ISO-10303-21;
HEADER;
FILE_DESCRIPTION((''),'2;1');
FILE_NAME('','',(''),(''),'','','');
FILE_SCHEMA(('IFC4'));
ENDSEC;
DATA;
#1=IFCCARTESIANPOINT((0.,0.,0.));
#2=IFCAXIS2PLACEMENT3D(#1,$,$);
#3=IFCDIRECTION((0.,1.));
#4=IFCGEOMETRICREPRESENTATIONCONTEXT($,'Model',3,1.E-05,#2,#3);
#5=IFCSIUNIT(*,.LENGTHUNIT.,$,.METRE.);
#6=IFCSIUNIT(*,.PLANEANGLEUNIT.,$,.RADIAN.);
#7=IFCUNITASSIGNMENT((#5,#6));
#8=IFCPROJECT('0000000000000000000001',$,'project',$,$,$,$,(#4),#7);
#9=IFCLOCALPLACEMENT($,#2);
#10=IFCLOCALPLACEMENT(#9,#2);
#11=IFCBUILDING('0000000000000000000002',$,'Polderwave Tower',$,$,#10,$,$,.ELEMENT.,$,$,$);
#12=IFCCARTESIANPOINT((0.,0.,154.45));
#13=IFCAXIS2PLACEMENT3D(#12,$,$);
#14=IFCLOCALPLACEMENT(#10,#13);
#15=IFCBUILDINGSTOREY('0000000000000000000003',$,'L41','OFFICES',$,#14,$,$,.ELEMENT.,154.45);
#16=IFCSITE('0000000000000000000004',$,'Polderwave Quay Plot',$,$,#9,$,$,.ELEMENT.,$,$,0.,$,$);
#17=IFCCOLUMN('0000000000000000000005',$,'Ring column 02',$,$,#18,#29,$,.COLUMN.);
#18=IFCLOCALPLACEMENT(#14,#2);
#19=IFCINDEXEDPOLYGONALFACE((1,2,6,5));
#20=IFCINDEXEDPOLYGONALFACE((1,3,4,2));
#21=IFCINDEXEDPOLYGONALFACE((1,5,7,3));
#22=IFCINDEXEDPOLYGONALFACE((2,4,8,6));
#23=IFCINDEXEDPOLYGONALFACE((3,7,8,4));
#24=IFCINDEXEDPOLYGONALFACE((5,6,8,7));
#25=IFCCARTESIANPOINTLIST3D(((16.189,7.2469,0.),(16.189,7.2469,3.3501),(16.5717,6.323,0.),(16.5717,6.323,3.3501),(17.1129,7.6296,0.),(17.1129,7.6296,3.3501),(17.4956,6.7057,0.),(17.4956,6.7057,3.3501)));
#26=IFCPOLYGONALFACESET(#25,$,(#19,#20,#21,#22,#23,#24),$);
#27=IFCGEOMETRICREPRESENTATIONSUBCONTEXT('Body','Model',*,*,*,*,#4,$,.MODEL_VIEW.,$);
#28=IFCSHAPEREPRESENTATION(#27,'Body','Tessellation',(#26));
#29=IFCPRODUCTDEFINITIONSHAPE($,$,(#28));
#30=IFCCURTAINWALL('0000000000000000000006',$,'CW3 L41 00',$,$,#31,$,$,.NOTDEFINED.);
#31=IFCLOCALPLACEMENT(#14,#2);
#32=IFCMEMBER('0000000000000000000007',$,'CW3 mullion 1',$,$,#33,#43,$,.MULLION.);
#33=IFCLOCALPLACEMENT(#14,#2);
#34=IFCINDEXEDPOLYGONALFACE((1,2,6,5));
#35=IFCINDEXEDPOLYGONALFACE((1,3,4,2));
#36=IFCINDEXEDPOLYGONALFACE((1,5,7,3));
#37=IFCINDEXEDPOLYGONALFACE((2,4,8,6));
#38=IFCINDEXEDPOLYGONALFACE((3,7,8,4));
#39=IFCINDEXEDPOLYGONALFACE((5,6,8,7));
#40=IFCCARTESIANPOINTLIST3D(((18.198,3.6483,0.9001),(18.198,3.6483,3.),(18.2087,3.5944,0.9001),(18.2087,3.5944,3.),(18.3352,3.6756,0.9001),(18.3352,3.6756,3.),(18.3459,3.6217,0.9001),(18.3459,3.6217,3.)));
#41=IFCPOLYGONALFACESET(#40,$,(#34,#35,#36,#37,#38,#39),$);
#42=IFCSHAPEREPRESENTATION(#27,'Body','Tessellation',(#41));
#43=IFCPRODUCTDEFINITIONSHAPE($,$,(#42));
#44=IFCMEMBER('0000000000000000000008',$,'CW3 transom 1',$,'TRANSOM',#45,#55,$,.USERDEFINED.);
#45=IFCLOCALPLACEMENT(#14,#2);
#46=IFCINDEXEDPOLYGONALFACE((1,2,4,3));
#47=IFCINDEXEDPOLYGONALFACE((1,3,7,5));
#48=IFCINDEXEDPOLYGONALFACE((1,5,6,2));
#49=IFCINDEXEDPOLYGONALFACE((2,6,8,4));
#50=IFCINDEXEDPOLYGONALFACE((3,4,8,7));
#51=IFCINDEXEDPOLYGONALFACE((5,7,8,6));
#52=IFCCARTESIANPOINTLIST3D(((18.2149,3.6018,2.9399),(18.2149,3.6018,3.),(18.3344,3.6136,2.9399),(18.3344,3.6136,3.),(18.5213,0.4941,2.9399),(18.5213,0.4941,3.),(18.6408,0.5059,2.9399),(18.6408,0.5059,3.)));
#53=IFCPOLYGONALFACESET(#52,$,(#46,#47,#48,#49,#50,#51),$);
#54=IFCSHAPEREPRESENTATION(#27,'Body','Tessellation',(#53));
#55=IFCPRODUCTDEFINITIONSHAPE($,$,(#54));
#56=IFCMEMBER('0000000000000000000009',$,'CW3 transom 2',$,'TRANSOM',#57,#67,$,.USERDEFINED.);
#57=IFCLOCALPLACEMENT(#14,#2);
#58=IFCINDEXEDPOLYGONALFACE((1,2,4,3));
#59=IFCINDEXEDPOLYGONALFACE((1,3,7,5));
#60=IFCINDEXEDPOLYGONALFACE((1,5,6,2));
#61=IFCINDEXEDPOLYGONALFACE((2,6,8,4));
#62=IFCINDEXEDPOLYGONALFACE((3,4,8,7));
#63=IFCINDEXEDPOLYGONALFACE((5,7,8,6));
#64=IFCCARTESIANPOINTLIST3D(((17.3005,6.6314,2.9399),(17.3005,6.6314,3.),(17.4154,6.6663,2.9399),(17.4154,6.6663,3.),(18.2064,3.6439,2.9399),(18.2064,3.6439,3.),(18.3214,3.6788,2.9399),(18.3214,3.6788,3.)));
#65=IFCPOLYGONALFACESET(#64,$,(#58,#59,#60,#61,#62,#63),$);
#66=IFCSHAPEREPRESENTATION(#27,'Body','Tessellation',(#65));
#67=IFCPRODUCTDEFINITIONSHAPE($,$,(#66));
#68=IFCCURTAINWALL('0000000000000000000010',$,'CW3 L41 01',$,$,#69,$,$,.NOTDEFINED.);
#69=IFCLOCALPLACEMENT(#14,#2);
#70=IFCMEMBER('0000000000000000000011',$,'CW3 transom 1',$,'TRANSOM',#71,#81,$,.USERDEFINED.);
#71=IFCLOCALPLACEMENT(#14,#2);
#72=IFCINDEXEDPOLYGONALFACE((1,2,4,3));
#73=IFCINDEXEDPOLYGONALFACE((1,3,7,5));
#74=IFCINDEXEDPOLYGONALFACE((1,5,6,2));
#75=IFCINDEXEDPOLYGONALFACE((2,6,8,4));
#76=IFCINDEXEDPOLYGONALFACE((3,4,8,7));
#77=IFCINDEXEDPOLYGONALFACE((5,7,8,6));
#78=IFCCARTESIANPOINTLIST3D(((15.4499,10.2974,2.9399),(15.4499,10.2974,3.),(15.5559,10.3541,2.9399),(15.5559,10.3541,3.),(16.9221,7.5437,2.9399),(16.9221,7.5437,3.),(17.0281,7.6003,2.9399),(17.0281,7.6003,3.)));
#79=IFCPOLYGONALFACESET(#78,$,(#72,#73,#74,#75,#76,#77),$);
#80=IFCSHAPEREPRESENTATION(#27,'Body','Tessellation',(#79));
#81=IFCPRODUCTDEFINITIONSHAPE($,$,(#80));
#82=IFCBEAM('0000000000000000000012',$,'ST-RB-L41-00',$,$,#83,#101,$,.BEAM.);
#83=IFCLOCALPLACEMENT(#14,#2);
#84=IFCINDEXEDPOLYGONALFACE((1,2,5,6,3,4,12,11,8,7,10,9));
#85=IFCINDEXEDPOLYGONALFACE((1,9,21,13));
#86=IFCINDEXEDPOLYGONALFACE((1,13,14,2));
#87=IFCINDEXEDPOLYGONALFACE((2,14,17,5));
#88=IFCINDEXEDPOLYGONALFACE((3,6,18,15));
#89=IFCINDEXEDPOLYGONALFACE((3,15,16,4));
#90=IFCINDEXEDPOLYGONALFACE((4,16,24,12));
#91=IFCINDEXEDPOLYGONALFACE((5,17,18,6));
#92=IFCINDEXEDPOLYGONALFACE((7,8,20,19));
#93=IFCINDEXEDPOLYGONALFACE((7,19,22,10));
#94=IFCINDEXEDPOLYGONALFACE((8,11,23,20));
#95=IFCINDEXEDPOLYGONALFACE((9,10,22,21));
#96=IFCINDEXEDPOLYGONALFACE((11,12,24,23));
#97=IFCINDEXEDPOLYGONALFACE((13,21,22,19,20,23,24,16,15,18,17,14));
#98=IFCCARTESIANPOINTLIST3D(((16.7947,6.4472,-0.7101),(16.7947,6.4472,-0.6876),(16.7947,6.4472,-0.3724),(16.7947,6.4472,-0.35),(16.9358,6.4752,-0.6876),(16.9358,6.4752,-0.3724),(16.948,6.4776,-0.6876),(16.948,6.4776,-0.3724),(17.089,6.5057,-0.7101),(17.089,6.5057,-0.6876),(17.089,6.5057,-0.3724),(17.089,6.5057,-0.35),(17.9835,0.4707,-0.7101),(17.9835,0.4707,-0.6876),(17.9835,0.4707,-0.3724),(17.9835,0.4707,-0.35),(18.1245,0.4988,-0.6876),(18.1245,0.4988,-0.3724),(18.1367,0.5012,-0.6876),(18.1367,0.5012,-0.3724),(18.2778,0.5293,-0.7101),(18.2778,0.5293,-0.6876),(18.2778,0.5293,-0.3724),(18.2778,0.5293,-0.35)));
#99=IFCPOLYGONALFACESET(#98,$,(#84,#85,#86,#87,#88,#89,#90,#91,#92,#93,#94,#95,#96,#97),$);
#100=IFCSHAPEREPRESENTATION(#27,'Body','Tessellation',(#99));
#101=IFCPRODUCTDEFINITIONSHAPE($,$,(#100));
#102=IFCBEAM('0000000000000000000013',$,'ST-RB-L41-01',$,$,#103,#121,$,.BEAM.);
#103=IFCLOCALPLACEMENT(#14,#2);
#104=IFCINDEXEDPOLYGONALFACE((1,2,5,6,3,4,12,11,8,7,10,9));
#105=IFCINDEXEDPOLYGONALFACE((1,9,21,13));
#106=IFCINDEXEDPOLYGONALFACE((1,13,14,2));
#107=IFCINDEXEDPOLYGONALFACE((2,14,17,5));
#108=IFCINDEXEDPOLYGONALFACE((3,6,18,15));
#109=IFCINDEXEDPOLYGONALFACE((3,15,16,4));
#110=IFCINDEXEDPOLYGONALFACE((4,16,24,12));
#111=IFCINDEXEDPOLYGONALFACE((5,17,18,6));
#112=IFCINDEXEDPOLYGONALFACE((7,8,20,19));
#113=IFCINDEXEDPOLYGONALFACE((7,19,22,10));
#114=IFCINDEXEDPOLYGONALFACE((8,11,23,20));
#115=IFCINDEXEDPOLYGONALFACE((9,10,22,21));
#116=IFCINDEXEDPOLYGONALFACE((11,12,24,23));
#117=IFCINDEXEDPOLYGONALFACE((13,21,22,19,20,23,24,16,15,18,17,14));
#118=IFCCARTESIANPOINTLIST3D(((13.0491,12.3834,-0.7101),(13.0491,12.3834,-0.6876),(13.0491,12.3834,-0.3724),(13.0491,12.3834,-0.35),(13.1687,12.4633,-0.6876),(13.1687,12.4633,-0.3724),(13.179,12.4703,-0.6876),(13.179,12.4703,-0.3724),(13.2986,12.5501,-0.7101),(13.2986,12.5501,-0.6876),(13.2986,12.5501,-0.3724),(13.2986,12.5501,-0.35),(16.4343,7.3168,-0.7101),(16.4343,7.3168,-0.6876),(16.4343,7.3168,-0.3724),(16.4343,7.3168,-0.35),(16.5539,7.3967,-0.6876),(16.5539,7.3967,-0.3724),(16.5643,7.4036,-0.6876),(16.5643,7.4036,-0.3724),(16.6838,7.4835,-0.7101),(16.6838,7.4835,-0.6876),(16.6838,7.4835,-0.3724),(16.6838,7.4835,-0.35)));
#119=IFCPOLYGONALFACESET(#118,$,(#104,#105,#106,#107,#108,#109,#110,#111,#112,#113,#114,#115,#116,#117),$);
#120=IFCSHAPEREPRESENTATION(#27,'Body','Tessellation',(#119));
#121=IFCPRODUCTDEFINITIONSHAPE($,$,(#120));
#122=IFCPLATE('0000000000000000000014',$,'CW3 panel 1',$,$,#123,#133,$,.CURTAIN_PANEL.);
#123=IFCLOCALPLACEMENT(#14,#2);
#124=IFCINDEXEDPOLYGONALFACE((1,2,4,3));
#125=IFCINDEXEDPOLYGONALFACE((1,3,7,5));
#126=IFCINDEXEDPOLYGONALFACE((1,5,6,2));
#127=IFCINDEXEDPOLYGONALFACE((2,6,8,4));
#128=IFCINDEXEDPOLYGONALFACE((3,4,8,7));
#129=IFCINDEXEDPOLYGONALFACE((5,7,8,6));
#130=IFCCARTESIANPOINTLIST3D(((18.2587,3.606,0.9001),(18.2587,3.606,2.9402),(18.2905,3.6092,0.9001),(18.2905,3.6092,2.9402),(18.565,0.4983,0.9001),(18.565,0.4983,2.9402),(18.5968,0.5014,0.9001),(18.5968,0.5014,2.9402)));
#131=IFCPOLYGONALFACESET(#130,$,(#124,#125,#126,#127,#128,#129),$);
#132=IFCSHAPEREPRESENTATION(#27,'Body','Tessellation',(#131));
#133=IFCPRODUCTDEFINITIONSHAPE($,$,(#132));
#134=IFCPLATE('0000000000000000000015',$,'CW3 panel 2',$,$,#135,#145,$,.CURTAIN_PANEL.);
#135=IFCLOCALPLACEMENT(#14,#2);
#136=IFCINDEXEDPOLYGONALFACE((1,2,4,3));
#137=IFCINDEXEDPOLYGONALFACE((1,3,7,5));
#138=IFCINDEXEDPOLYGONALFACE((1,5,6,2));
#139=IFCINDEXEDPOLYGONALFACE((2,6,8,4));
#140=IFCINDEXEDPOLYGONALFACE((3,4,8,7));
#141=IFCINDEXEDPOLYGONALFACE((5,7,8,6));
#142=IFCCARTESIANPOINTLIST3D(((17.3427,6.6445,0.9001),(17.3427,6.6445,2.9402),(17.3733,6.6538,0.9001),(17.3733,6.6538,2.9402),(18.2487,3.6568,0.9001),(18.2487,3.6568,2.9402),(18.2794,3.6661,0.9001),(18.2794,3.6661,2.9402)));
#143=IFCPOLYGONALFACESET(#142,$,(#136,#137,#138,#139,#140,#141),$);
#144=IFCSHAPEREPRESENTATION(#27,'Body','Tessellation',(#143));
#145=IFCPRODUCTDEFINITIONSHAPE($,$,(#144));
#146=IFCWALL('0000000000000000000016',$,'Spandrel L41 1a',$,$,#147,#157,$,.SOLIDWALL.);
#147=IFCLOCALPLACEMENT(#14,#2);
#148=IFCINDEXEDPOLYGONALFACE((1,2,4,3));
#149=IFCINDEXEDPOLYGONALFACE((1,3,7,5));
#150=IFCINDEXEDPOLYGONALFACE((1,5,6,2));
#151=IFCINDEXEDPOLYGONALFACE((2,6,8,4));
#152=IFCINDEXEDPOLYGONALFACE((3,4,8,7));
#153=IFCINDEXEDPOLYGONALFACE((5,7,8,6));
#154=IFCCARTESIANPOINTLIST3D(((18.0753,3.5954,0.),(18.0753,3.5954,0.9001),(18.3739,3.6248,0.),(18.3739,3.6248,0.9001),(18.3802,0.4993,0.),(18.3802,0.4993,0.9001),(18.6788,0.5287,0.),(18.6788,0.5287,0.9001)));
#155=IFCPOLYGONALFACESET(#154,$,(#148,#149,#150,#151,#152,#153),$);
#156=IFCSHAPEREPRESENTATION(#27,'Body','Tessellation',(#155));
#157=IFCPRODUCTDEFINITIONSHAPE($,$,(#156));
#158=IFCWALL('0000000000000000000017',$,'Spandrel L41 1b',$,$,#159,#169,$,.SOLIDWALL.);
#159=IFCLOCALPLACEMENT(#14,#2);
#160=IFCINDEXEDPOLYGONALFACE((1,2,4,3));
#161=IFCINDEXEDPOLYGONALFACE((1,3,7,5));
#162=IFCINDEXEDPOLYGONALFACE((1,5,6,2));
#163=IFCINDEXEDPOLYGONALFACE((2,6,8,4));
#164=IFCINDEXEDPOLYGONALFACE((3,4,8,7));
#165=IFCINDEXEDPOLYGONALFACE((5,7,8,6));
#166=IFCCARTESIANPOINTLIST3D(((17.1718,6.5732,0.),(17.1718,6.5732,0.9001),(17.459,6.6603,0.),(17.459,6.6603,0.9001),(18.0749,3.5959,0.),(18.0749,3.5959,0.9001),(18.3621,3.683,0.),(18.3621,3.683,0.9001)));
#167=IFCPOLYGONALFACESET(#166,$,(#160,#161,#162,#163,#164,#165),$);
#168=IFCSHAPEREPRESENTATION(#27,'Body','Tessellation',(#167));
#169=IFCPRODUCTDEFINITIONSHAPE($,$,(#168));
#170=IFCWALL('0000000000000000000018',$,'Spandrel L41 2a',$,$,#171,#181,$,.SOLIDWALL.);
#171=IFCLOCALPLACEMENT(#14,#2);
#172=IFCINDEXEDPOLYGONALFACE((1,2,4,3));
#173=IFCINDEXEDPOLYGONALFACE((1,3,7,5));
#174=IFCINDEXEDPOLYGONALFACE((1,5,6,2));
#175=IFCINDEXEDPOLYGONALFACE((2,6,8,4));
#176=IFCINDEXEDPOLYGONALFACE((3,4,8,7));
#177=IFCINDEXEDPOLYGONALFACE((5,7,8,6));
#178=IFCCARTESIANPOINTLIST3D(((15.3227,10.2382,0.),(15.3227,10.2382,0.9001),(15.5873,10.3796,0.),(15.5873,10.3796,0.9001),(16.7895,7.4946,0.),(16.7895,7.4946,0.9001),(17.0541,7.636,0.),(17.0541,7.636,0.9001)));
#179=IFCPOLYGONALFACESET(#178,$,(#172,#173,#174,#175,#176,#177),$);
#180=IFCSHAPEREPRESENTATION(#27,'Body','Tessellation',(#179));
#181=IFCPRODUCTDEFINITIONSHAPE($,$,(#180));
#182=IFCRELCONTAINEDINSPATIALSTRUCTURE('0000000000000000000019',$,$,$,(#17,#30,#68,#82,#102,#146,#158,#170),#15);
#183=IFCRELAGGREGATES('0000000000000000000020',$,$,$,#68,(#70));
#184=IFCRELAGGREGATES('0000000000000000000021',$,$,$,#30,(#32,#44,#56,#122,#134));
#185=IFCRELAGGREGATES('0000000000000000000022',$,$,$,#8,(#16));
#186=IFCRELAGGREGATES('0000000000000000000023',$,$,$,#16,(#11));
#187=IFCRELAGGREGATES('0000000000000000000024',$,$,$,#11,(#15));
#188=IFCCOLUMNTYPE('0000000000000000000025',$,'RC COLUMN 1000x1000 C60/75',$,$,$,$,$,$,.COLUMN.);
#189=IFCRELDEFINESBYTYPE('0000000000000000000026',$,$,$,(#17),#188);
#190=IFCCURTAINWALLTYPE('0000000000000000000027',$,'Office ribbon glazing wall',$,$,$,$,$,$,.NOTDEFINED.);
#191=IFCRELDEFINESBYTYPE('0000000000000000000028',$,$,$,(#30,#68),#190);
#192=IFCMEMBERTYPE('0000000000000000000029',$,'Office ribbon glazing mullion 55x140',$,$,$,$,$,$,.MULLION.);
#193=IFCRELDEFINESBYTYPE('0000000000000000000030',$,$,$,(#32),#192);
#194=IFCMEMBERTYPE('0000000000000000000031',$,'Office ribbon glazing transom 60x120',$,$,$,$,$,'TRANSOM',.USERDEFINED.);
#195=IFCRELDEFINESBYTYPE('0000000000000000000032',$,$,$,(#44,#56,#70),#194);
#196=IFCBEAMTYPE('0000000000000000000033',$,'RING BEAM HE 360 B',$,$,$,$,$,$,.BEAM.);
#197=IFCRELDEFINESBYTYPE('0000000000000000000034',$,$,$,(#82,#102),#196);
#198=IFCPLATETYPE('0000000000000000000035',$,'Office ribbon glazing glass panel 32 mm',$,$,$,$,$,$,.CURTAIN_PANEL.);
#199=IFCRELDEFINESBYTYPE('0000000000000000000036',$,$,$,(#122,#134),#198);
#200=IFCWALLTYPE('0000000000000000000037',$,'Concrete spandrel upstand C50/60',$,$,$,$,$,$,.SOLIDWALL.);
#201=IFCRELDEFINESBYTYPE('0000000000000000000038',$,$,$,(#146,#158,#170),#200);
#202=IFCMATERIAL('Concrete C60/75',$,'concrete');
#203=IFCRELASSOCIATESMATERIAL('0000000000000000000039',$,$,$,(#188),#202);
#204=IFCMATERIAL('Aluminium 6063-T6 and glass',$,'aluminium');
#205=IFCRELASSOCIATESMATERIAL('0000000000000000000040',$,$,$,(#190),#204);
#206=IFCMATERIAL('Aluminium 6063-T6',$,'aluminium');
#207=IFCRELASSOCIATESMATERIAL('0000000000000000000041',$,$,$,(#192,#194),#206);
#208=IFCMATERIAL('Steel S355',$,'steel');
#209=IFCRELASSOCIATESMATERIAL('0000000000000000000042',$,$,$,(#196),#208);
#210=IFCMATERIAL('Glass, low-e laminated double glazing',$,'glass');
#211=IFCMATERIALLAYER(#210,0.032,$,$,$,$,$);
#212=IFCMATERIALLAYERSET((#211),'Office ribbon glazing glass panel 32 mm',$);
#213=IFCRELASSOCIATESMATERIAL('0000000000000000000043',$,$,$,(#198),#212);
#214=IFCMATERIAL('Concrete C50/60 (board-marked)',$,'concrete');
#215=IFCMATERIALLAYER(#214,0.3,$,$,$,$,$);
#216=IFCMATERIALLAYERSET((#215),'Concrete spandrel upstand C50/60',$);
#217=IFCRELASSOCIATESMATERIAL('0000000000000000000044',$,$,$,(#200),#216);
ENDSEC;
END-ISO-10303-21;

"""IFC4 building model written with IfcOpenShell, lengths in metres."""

from ifc_helpers import new_model, si_unit, direction, frame, frame_2d, origin, origin_2d, place, context, subcontext, project, spatial, rectangle, i_section, extrude, material, layer, layer_set, material_profile, profile_set, type_object, element, aggregate, save


model = new_model("IFC4")

# Units and contexts
model_context = context("Model", 3, precision=1e-05, world=origin(), true_north=direction((0.0, 1.0)))
body_context = subcontext(model_context, "Body", "Model", "MODEL_VIEW")
ifc_project = project(units=[si_unit("LENGTHUNIT", "METRE"), si_unit("PLANEANGLEUNIT", "RADIAN")], contexts=[model_context])

# Site, building, storey
site_placement = place(None, origin())
site = spatial("IfcSite", under=ifc_project, at=site_placement, Name="Polderwave Quay Plot", CompositionType="ELEMENT", RefElevation=0.0)
building_placement = place(site_placement, origin())
building = spatial("IfcBuilding", under=site, at=building_placement, Name="Polderwave Tower", CompositionType="ELEMENT")
storey_placement = place(building_placement, frame((0.0, 0.0, 154.45)))
storey = spatial("IfcBuildingStorey", under=building, at=storey_placement, Name="L41", Description="OFFICES", CompositionType="ELEMENT", Elevation=154.45)

# Column
ifc_material_1 = material(Name="Concrete C60/75", Category="concrete")
ifc_material_profile_1 = material_profile(ifc_material_1, rectangle(XDim=1.0, YDim=1.0, at=origin_2d()), Name="RC 1000x1000")
ifc_profile_set_1 = profile_set([ifc_material_profile_1], Name="Concrete C60/75")
column_type = type_object("IfcColumnType", Name="RC COLUMN 1000x1000 C60/75", PredefinedType="COLUMN", material=ifc_profile_set_1)
column_placement = place(storey_placement, frame((16.8423, 6.9763, 0.0), z_axis=(0.0, 0.0, 1.0), x_axis=(0.92388, 0.382683, 0.0)))
element("IfcColumn", 1, at=column_placement, inside=storey, type_object=column_type, Name="Ring column 02", PredefinedType="COLUMN", context=body_context, shape_type="SweptSolid", body=[
    extrude(rectangle(XDim=1.0, YDim=1.0, at=origin_2d()), origin(), (0.0, 0.0, 1.0), 3.3501),
])

# Curtain wall, members
ifc_material_2 = material(Name="Aluminium 6063-T6 and glass", Category="aluminium")
curtain_wall_type = type_object("IfcCurtainWallType", Name="Office ribbon glazing wall", PredefinedType="NOTDEFINED", material=ifc_material_2)
curtain_wall_1_placement = place(storey_placement, origin())
curtain_wall_1 = element("IfcCurtainWall", 2, at=curtain_wall_1_placement, inside=storey, type_object=curtain_wall_type, Name="CW3 L41 00", PredefinedType="NOTDEFINED")
ifc_material_3 = material(Name="Aluminium 6063-T6", Category="aluminium")
ifc_material_profile_2 = material_profile(ifc_material_3, rectangle(XDim=0.1399, YDim=0.0549, at=origin_2d()), Name="AL 55x140")
ifc_profile_set_2 = profile_set([ifc_material_profile_2], Name="Aluminium 6063-T6")
member_type_1 = type_object("IfcMemberType", Name="Office ribbon glazing mullion 55x140", PredefinedType="MULLION", material=ifc_profile_set_2)
member_1_placement = place(storey_placement, frame((18.272, 3.635, 0.9001), z_axis=(0.0, 0.0, 1.0), x_axis=(-0.980787, -0.195083, 0.0)))
member_1 = element("IfcMember", 3, at=member_1_placement, type_object=member_type_1, Name="CW3 mullion 1", PredefinedType="MULLION", context=body_context, shape_type="SweptSolid", body=[
    extrude(rectangle(XDim=0.1399, YDim=0.0549, at=origin_2d()), origin(), (0.0, 0.0, 1.0), 2.0999),
])
ifc_material_profile_3 = material_profile(ifc_material_3, rectangle(XDim=0.1201, YDim=0.0601, at=origin_2d()), Name="AL 60x120")
ifc_profile_set_3 = profile_set([ifc_material_profile_3], Name="Aluminium 6063-T6")
member_type_2 = type_object("IfcMemberType", Name="Office ribbon glazing transom 60x120", ElementType="TRANSOM", PredefinedType="USERDEFINED", material=ifc_profile_set_3)
member_2_placement = place(storey_placement, frame((18.5811, 0.5, 2.97), z_axis=(-0.098118, 0.995175, 0.0), x_axis=(-0.995175, -0.098118, 0.0)))
member_2 = element("IfcMember", 4, at=member_2_placement, type_object=member_type_2, Name="CW3 transom 1", ObjectType="TRANSOM", PredefinedType="USERDEFINED", context=body_context, shape_type="SweptSolid", body=[
    extrude(rectangle(XDim=0.1201, YDim=0.0601, at=origin_2d()), origin(), (0.0, 0.0, 1.0), 3.1228),
])
member_3_placement = place(storey_placement, frame((18.2639, 3.6614, 2.97), z_axis=(-0.290209, 0.956963, 0.0), x_axis=(-0.956963, -0.290209, 0.0)))
member_3 = element("IfcMember", 5, at=member_3_placement, type_object=member_type_2, Name="CW3 transom 2", ObjectType="TRANSOM", PredefinedType="USERDEFINED", context=body_context, shape_type="SweptSolid", body=[
    extrude(rectangle(XDim=0.1201, YDim=0.0601, at=origin_2d()), origin(), (0.0, 0.0, 1.0), 3.1218),
])

# Curtain wall, member
curtain_wall_2_placement = place(storey_placement, origin())
curtain_wall_2 = element("IfcCurtainWall", 6, at=curtain_wall_2_placement, inside=storey, type_object=curtain_wall_type, Name="CW3 L41 01", PredefinedType="NOTDEFINED")
member_4_placement = place(storey_placement, frame((16.9751, 7.572, 2.97), z_axis=(-0.471473, 0.881881, 0.0), x_axis=(-0.881881, -0.471473, 0.0)))
member_4 = element("IfcMember", 7, at=member_4_placement, type_object=member_type_2, Name="CW3 transom 1", ObjectType="TRANSOM", PredefinedType="USERDEFINED", context=body_context, shape_type="SweptSolid", body=[
    extrude(rectangle(XDim=0.1201, YDim=0.0601, at=origin_2d()), origin(), (0.0, 0.0, 1.0), 3.1226),
])
aggregate(curtain_wall_2, [member_4])

# Beams
ifc_material_4 = material(Name="Steel S355", Category="steel")
ifc_material_profile_4 = material_profile(ifc_material_4, i_section(OverallWidth=0.3, OverallDepth=0.3601, WebThickness=0.0125, FlangeThickness=0.0225, at=origin_2d()), Name="HE 360 B")
ifc_profile_set_4 = profile_set([ifc_material_profile_4], Name="Steel S355")
beam_type = type_object("IfcBeamType", Name="RING BEAM HE 360 B", PredefinedType="BEAM", material=ifc_profile_set_4)
for number, where, z_axis, x_axis, name in (
    (8, (18.1306, 0.5, -0.53), (-0.195084, 0.980787, 0.0), (-0.980787, -0.195084, 0.0), "ST-RB-L41-00"),
    (9, (16.5591, 7.4001, -0.53), (-0.555551, 0.831483, 0.0), (-0.831483, -0.555551, 0.0), "ST-RB-L41-01"),
):
    element("IfcBeam", number, at=place(storey_placement, frame(where, z_axis=z_axis, x_axis=x_axis)), inside=storey, type_object=beam_type, Name=name, PredefinedType="BEAM", context=body_context, shape_type="SweptSolid", body=[
        extrude(i_section(OverallWidth=0.3, OverallDepth=0.3601, WebThickness=0.0125, FlangeThickness=0.0225, at=origin_2d()), origin(), (0.0, 0.0, 1.0), 6.0935),
    ])

# Plates
ifc_material_5 = material(Name="Glass, low-e laminated double glazing", Category="glass")
ifc_layer_1 = layer(ifc_material_5, 0.032)
ifc_layer_set_1 = layer_set([ifc_layer_1], Name="Office ribbon glazing glass panel 32 mm")
plate_type = type_object("IfcPlateType", Name="Office ribbon glazing glass panel 32 mm", PredefinedType="CURTAIN_PANEL", material=ifc_layer_set_1)
plate_1_placement = place(storey_placement, frame((18.4277, 2.0537, 0.9001), z_axis=(0.0, 0.0, 1.0), x_axis=(-0.09809, 0.995178, 0.0)))
plate_1 = element("IfcPlate", 10, at=plate_1_placement, type_object=plate_type, Name="CW3 panel 1", PredefinedType="CURTAIN_PANEL", context=body_context, shape_type="SweptSolid", body=[
    extrude(rectangle(XDim=3.1228, YDim=0.032, at=origin_2d()), origin(), (0.0, 0.0, 1.0), 2.04),
])
plate_2_placement = place(storey_placement, frame((17.811, 5.1553, 0.9001), z_axis=(0.0, 0.0, 1.0), x_axis=(-0.290201, 0.956966, 0.0)))
plate_2 = element("IfcPlate", 11, at=plate_2_placement, type_object=plate_type, Name="CW3 panel 2", PredefinedType="CURTAIN_PANEL", context=body_context, shape_type="SweptSolid", body=[
    extrude(rectangle(XDim=3.1221, YDim=0.032, at=origin_2d()), origin(), (0.0, 0.0, 1.0), 2.04),
])
aggregate(curtain_wall_1, [member_1, member_2, member_3, plate_1, plate_2])

# Walls
ifc_material_6 = material(Name="Concrete C50/60 (board-marked)", Category="concrete")
ifc_layer_2 = layer(ifc_material_6, 0.3)
ifc_layer_set_2 = layer_set([ifc_layer_2], Name="Concrete spandrel upstand C50/60")
wall_type_1 = type_object("IfcWallType", Name="Concrete spandrel upstand C50/60", PredefinedType="SOLIDWALL", material=ifc_layer_set_2)
wall_1_placement = place(storey_placement, frame((18.5295, 0.5139, 0.0), z_axis=(0.0, 0.0, 1.0), x_axis=(-0.098012, 0.995185, 0.0)))
element("IfcWall", 12, at=wall_1_placement, inside=storey, type_object=wall_type_1, Name="Spandrel L41 1a", PredefinedType="SOLIDWALL", context=body_context, shape_type="SweptSolid", body=[
    extrude(rectangle(XDim=3.1111, YDim=0.3, at=frame_2d((1.5557, 0.0))), origin(), (0.0, 0.0, 1.0), 0.9001),
])
wall_2_placement = place(storey_placement, frame((18.2185, 3.6394, 0.0), z_axis=(0.0, 0.0, 1.0), x_axis=(-0.290262, 0.956947, 0.0)))
element("IfcWall", 13, at=wall_2_placement, inside=storey, type_object=wall_type_1, Name="Spandrel L41 1b", PredefinedType="SOLIDWALL", context=body_context, shape_type="SweptSolid", body=[
    extrude(rectangle(XDim=3.1113, YDim=0.3, at=frame_2d((1.5557, 0.0))), origin(), (0.0, 0.0, 1.0), 0.9001),
])
wall_3_placement = place(storey_placement, frame((16.9219, 7.5652, 0.0), z_axis=(0.0, 0.0, 1.0), x_axis=(-0.471468, 0.881883, 0.0)))
element("IfcWall", 14, at=wall_3_placement, inside=storey, type_object=wall_type_1, Name="Spandrel L41 2a", PredefinedType="SOLIDWALL", context=body_context, shape_type="SweptSolid", body=[
    extrude(rectangle(XDim=3.1111, YDim=0.3, at=frame_2d((1.5557, 0.0))), origin(), (0.0, 0.0, 1.0), 0.9001),
])

save(model, "model.ifc")
